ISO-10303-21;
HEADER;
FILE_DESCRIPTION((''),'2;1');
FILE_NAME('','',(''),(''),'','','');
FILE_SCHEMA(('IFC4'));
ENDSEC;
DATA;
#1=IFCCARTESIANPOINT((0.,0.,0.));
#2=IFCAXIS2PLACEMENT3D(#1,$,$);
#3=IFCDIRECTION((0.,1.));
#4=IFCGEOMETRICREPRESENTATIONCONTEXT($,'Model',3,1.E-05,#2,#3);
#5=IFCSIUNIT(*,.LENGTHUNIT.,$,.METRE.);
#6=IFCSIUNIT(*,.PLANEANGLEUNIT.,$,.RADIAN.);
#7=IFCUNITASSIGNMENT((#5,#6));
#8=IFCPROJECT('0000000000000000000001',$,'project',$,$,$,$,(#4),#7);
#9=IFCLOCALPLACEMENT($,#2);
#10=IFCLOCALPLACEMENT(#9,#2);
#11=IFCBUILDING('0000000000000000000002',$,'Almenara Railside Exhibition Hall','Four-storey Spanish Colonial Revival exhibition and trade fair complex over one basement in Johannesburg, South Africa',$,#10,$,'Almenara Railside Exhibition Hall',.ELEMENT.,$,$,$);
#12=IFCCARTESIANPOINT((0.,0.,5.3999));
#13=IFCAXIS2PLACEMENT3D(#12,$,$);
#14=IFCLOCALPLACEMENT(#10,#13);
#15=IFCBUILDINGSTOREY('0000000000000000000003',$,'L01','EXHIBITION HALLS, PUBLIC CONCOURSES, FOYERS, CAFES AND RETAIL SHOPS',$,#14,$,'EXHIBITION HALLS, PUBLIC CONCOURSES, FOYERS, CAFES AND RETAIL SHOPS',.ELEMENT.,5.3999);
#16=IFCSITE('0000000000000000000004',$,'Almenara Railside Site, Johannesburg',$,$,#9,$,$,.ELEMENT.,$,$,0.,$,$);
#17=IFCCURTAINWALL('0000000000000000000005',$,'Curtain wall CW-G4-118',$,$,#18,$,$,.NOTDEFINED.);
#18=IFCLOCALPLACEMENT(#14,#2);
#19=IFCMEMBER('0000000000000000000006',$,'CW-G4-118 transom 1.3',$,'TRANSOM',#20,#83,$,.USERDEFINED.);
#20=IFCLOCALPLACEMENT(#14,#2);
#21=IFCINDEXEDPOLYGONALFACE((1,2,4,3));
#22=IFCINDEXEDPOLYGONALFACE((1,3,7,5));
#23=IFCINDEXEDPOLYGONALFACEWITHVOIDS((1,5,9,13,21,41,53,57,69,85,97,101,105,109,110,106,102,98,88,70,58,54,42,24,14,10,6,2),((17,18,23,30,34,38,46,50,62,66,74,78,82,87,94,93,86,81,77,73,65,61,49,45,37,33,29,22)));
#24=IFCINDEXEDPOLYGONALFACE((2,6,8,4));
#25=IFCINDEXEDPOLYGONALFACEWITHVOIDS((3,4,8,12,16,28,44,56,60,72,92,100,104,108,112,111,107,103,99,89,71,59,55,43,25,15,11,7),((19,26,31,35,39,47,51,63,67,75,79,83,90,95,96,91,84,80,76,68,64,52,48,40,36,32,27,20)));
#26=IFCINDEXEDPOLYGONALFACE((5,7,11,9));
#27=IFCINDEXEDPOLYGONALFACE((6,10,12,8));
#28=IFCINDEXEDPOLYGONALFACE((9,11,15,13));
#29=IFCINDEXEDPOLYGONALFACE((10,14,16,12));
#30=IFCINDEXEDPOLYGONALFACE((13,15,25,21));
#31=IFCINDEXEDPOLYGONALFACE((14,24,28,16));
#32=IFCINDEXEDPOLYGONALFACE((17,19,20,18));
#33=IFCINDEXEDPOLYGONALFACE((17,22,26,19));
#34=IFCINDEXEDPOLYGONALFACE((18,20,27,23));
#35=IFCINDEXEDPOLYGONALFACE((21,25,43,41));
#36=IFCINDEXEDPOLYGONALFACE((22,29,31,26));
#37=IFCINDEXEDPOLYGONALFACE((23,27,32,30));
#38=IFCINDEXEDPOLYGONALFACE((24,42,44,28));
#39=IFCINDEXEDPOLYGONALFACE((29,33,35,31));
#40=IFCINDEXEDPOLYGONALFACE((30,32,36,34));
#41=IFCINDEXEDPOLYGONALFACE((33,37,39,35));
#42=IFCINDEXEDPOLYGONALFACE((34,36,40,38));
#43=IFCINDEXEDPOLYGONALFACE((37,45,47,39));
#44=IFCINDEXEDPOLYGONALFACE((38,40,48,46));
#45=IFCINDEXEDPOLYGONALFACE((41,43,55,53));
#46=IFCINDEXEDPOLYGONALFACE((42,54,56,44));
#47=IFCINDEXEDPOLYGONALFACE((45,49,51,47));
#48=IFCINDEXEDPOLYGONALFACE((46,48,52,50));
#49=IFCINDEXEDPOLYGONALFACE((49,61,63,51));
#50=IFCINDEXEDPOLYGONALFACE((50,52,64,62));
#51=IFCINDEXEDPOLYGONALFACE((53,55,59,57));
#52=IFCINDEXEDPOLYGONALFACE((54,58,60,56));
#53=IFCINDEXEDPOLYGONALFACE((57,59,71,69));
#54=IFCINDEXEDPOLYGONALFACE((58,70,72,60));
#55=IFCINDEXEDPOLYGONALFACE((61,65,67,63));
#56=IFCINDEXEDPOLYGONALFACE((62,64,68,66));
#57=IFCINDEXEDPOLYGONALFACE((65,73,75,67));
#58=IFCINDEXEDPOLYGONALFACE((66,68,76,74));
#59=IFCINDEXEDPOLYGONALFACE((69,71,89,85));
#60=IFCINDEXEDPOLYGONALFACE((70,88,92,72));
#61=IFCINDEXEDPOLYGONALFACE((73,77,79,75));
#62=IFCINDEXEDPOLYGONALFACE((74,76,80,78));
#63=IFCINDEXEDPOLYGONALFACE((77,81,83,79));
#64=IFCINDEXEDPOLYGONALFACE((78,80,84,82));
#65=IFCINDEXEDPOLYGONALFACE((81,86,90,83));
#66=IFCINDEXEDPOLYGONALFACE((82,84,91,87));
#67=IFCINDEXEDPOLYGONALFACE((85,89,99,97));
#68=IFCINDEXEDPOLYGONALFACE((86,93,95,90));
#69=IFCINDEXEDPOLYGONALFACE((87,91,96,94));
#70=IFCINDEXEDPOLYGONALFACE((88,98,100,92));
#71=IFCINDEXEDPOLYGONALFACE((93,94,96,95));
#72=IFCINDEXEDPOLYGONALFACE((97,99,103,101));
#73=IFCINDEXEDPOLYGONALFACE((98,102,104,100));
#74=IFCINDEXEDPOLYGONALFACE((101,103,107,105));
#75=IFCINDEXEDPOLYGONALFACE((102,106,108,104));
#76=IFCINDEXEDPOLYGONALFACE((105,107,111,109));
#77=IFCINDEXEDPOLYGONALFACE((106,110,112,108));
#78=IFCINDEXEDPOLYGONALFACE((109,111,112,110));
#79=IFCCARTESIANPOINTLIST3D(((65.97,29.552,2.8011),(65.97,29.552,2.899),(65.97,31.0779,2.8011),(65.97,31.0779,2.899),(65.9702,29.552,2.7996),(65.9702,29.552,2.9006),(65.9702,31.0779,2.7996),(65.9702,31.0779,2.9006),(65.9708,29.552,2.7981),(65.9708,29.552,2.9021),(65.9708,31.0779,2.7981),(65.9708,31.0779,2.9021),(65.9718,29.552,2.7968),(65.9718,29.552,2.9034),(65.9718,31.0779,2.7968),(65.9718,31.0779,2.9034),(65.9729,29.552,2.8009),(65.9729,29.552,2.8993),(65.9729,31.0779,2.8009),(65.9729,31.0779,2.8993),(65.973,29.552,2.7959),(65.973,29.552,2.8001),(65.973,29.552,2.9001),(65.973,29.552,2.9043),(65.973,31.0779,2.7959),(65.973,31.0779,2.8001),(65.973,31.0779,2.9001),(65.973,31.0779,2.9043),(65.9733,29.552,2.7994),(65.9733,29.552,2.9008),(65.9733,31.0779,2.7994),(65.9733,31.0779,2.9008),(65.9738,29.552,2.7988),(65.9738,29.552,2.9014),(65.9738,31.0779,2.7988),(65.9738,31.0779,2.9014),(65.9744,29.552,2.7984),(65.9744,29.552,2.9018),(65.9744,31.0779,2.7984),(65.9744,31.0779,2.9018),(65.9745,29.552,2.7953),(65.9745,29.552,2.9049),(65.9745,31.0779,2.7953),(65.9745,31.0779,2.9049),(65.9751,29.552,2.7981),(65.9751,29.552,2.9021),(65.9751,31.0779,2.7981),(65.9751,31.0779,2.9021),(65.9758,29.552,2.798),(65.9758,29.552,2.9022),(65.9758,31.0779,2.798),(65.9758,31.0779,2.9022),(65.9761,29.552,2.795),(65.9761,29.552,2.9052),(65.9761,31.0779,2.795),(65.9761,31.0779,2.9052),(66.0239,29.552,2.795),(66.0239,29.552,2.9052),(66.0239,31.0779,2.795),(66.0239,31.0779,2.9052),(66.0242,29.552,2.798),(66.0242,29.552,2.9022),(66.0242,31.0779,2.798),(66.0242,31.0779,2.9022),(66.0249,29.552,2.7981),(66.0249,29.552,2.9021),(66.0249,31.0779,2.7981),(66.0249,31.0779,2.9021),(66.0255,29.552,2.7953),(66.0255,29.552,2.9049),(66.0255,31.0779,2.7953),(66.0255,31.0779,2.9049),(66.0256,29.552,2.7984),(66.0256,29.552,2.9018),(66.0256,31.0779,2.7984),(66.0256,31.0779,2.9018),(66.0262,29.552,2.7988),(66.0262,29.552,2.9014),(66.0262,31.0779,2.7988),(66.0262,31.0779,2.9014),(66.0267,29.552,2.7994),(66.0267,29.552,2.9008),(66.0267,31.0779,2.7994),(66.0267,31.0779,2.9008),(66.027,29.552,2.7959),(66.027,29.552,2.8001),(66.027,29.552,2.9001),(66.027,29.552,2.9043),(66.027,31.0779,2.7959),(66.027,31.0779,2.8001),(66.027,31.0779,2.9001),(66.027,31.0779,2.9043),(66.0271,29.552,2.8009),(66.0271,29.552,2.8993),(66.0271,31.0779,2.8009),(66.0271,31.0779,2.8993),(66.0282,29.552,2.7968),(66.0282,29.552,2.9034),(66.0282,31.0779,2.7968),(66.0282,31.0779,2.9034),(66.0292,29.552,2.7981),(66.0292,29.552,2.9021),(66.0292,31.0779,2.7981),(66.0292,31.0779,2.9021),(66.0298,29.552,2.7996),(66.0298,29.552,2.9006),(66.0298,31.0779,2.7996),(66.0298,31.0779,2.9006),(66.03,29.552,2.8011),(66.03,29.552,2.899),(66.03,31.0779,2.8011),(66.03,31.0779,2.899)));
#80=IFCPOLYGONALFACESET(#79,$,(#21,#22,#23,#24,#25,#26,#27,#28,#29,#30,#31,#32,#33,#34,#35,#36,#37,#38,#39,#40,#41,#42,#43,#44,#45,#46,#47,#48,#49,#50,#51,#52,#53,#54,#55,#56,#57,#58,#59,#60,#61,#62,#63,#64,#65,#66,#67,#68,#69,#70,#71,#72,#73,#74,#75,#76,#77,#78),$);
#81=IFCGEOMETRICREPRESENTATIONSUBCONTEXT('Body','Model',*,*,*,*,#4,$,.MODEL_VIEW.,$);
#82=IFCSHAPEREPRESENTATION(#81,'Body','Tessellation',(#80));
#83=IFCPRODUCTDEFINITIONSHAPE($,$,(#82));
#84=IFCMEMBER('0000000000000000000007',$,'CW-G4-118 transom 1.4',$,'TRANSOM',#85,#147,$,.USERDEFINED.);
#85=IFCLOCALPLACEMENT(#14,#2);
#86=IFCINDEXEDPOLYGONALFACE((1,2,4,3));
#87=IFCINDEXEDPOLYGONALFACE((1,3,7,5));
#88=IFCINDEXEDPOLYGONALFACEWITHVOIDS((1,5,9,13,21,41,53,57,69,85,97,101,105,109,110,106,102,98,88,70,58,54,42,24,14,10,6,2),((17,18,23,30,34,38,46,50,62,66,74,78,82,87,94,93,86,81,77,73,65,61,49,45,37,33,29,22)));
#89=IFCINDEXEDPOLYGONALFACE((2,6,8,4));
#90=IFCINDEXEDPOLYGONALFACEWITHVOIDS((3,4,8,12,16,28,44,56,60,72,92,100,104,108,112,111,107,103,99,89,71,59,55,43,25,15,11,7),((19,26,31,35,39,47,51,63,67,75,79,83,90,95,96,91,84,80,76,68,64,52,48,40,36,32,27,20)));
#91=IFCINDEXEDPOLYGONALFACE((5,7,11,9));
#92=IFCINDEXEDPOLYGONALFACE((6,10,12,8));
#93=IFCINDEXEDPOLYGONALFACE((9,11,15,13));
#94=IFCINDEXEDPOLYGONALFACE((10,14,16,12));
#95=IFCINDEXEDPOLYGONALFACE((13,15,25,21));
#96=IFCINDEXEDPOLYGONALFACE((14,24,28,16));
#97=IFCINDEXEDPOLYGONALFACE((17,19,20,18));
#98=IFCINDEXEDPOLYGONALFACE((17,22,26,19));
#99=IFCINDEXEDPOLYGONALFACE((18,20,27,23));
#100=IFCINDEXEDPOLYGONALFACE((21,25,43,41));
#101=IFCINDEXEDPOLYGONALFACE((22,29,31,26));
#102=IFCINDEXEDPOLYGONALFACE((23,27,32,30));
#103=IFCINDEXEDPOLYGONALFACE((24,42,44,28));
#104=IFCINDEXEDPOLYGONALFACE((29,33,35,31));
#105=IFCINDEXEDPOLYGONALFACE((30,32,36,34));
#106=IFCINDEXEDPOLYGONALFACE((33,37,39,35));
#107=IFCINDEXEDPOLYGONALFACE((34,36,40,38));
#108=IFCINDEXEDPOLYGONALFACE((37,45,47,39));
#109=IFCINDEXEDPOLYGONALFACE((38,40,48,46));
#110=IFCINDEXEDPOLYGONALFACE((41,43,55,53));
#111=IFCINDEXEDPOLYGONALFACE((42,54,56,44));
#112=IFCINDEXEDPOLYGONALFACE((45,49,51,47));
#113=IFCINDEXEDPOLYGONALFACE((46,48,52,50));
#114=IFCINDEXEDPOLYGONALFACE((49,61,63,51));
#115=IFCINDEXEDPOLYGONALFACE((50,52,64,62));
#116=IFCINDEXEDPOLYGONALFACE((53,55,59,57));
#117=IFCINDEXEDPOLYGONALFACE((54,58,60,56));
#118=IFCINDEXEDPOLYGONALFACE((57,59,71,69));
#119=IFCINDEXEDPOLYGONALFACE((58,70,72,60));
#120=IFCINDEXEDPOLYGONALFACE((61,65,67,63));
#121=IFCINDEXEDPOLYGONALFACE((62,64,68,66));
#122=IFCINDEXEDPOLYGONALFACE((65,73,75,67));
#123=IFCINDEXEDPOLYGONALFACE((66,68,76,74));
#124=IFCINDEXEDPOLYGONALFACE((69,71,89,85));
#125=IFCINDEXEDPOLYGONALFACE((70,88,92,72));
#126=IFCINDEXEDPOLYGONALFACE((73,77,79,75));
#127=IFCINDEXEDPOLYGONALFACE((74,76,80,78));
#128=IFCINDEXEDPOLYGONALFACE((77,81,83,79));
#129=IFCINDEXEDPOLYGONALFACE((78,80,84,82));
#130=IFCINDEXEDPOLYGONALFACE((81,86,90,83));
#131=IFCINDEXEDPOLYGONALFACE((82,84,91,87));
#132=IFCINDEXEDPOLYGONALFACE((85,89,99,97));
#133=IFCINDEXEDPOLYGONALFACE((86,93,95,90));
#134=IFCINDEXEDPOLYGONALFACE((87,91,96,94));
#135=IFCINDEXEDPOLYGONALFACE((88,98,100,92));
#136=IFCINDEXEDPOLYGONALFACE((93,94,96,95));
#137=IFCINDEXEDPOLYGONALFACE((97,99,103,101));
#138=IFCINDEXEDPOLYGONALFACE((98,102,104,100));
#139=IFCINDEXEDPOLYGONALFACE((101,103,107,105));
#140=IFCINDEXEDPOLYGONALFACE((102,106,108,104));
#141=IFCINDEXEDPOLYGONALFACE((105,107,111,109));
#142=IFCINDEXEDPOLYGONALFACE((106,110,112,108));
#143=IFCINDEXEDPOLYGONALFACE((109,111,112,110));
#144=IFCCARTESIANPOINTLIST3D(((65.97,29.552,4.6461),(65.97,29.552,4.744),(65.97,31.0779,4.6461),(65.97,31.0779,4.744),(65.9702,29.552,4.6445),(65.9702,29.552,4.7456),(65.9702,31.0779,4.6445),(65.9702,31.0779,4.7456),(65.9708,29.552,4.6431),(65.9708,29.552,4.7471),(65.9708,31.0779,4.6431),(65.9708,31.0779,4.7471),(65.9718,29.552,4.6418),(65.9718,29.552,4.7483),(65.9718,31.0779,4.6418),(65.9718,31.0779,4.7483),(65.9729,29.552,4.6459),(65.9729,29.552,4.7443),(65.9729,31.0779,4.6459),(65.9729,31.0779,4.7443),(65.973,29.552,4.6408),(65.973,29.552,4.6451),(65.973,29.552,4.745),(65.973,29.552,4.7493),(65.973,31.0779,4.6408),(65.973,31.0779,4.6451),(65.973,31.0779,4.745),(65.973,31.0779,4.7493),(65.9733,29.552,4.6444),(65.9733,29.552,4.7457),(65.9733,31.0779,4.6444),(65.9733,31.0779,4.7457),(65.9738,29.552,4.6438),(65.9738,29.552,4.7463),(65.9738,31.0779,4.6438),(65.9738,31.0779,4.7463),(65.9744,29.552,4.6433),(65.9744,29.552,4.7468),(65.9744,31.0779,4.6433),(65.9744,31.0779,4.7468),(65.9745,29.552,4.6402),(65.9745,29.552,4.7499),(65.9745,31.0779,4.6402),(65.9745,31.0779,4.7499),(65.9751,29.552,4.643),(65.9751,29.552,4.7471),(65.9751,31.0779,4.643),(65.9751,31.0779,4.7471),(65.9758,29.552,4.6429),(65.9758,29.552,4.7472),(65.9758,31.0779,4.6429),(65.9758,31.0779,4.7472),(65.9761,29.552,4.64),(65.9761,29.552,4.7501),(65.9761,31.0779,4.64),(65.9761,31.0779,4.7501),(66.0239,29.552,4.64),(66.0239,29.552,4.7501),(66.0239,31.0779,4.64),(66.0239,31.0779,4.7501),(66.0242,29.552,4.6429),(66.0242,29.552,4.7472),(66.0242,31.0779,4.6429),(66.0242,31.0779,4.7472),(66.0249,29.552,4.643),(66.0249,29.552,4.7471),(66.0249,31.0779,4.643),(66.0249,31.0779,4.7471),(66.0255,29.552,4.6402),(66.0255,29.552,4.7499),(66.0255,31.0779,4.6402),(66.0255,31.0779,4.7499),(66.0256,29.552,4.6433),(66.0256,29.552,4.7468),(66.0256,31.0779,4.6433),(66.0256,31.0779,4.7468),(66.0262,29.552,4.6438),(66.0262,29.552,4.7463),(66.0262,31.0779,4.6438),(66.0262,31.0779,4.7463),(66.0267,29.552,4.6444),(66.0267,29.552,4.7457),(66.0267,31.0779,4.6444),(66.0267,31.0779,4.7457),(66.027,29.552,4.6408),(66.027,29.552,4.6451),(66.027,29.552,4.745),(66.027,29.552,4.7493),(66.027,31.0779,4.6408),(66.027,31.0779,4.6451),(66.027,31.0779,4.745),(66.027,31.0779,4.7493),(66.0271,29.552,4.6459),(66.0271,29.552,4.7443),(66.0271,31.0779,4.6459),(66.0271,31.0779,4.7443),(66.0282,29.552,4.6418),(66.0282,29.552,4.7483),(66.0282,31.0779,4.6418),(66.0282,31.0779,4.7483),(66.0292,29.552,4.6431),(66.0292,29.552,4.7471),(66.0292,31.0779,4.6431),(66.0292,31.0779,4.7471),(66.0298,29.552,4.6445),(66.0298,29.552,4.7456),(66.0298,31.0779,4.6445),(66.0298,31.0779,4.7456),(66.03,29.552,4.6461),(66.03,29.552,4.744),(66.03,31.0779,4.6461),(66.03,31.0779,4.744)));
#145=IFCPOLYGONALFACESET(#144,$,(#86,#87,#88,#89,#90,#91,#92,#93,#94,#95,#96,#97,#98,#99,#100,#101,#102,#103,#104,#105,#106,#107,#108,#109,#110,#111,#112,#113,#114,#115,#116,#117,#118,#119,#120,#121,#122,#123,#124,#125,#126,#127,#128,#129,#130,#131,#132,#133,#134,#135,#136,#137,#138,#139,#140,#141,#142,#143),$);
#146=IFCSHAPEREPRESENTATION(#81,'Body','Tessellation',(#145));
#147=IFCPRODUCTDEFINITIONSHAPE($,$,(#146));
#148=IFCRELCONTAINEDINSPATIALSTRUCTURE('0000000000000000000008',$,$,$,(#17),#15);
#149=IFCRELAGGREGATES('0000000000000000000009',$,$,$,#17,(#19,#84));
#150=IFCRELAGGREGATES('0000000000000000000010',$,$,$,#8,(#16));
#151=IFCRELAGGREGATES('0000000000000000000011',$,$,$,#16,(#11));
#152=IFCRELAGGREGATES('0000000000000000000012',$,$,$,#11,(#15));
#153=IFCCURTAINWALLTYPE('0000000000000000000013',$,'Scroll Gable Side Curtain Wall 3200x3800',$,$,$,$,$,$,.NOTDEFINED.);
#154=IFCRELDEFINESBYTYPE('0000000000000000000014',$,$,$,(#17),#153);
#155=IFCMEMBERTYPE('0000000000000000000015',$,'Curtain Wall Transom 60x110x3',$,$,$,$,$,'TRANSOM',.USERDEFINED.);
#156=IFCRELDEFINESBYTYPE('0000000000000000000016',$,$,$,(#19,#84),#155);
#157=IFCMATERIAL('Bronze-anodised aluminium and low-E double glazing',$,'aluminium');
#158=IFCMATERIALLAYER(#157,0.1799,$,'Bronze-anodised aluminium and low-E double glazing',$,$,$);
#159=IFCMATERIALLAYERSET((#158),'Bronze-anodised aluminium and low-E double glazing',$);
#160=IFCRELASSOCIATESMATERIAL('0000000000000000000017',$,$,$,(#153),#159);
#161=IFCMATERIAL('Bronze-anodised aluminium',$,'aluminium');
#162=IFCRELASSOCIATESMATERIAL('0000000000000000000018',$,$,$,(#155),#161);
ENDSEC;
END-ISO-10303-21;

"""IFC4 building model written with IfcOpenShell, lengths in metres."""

from ifc_helpers import new_model, si_unit, direction, frame, origin, origin_2d, place, context, subcontext, project, spatial, hollow_rectangle, extrude, material, layer, layer_set, material_profile, profile_set, type_object, element, aggregate, save


model = new_model("IFC4")

# Units and contexts
model_context = context("Model", 3, precision=1e-05, world=origin(), true_north=direction((0.0, 1.0)))
body_context = subcontext(model_context, "Body", "Model", "MODEL_VIEW")
ifc_project = project(units=[si_unit("LENGTHUNIT", "METRE"), si_unit("PLANEANGLEUNIT", "RADIAN")], contexts=[model_context])

# Site, building, storey
site_placement = place(None, origin())
site = spatial("IfcSite", under=ifc_project, at=site_placement, Name="Almenara Railside Site, Johannesburg", CompositionType="ELEMENT", RefElevation=0.0)
building_placement = place(site_placement, origin())
building = spatial("IfcBuilding", under=site, at=building_placement, Name="Almenara Railside Exhibition Hall", Description="Four-storey Spanish Colonial Revival exhibition and trade fair complex over one basement in Johannesburg, South Africa", LongName="Almenara Railside Exhibition Hall", CompositionType="ELEMENT")
storey_placement = place(building_placement, frame((0.0, 0.0, 5.3999)))
storey = spatial("IfcBuildingStorey", under=building, at=storey_placement, Name="L01", Description="EXHIBITION HALLS, PUBLIC CONCOURSES, FOYERS, CAFES AND RETAIL SHOPS", LongName="EXHIBITION HALLS, PUBLIC CONCOURSES, FOYERS, CAFES AND RETAIL SHOPS", CompositionType="ELEMENT", Elevation=5.3999)

# Curtain wall
ifc_material_1 = material(Name="Bronze-anodised aluminium and low-E double glazing", Category="aluminium")
ifc_layer_1 = layer(ifc_material_1, 0.1799, Name="Bronze-anodised aluminium and low-E double glazing")
ifc_layer_set_1 = layer_set([ifc_layer_1], Name="Bronze-anodised aluminium and low-E double glazing")
curtain_wall_type = type_object("IfcCurtainWallType", Name="Scroll Gable Side Curtain Wall 3200x3800", PredefinedType="NOTDEFINED", material=ifc_layer_set_1)
curtain_wall_1_placement = place(storey_placement, origin())
curtain_wall_1 = element("IfcCurtainWall", 1, at=curtain_wall_1_placement, inside=storey, type_object=curtain_wall_type, Name="Curtain wall CW-G4-118", PredefinedType="NOTDEFINED")
ifc_material_2 = material(Name="Bronze-anodised aluminium", Category="aluminium")

# Members
ifc_material_profile_1 = material_profile(ifc_material_2, hollow_rectangle(XDim=0.0601, YDim=0.1101, WallThickness=0.0029, InnerFilletRadius=0.0029, OuterFilletRadius=0.0061, at=origin_2d()), Name="ALU-TRN 60x110x3")
ifc_profile_set_1 = profile_set([ifc_material_profile_1], Name="Bronze-anodised aluminium")
member_type_1 = type_object("IfcMemberType", Name="Curtain Wall Transom 60x110x3", ElementType="TRANSOM", PredefinedType="USERDEFINED", material=ifc_profile_set_1)
member_1_placement = place(storey_placement, frame((66.0, 29.552, 2.8501), z_axis=(0.0, 1.0, 0.0), x_axis=(-1.0, 0.0, 0.0)))
member_1 = element("IfcMember", 2, at=member_1_placement, type_object=member_type_1, Name="CW-G4-118 transom 1.3", ObjectType="TRANSOM", PredefinedType="USERDEFINED", context=body_context, shape_type="SweptSolid", body=[
    extrude(hollow_rectangle(XDim=0.0601, YDim=0.1101, WallThickness=0.0029, InnerFilletRadius=0.0029, OuterFilletRadius=0.0061, at=origin_2d()), origin(), (0.0, 0.0, 1.0), 1.5259),
])
member_2_placement = place(storey_placement, frame((66.0, 29.552, 4.6951), z_axis=(0.0, 1.0, 0.0), x_axis=(-1.0, 0.0, 0.0)))
member_2 = element("IfcMember", 3, at=member_2_placement, type_object=member_type_1, Name="CW-G4-118 transom 1.4", ObjectType="TRANSOM", PredefinedType="USERDEFINED", context=body_context, shape_type="SweptSolid", body=[
    extrude(hollow_rectangle(XDim=0.0601, YDim=0.1101, WallThickness=0.0029, InnerFilletRadius=0.0029, OuterFilletRadius=0.0061, at=origin_2d()), origin(), (0.0, 0.0, 1.0), 1.5259),
])

aggregate(curtain_wall_1, [member_1, member_2])

save(model, "model.ifc")
